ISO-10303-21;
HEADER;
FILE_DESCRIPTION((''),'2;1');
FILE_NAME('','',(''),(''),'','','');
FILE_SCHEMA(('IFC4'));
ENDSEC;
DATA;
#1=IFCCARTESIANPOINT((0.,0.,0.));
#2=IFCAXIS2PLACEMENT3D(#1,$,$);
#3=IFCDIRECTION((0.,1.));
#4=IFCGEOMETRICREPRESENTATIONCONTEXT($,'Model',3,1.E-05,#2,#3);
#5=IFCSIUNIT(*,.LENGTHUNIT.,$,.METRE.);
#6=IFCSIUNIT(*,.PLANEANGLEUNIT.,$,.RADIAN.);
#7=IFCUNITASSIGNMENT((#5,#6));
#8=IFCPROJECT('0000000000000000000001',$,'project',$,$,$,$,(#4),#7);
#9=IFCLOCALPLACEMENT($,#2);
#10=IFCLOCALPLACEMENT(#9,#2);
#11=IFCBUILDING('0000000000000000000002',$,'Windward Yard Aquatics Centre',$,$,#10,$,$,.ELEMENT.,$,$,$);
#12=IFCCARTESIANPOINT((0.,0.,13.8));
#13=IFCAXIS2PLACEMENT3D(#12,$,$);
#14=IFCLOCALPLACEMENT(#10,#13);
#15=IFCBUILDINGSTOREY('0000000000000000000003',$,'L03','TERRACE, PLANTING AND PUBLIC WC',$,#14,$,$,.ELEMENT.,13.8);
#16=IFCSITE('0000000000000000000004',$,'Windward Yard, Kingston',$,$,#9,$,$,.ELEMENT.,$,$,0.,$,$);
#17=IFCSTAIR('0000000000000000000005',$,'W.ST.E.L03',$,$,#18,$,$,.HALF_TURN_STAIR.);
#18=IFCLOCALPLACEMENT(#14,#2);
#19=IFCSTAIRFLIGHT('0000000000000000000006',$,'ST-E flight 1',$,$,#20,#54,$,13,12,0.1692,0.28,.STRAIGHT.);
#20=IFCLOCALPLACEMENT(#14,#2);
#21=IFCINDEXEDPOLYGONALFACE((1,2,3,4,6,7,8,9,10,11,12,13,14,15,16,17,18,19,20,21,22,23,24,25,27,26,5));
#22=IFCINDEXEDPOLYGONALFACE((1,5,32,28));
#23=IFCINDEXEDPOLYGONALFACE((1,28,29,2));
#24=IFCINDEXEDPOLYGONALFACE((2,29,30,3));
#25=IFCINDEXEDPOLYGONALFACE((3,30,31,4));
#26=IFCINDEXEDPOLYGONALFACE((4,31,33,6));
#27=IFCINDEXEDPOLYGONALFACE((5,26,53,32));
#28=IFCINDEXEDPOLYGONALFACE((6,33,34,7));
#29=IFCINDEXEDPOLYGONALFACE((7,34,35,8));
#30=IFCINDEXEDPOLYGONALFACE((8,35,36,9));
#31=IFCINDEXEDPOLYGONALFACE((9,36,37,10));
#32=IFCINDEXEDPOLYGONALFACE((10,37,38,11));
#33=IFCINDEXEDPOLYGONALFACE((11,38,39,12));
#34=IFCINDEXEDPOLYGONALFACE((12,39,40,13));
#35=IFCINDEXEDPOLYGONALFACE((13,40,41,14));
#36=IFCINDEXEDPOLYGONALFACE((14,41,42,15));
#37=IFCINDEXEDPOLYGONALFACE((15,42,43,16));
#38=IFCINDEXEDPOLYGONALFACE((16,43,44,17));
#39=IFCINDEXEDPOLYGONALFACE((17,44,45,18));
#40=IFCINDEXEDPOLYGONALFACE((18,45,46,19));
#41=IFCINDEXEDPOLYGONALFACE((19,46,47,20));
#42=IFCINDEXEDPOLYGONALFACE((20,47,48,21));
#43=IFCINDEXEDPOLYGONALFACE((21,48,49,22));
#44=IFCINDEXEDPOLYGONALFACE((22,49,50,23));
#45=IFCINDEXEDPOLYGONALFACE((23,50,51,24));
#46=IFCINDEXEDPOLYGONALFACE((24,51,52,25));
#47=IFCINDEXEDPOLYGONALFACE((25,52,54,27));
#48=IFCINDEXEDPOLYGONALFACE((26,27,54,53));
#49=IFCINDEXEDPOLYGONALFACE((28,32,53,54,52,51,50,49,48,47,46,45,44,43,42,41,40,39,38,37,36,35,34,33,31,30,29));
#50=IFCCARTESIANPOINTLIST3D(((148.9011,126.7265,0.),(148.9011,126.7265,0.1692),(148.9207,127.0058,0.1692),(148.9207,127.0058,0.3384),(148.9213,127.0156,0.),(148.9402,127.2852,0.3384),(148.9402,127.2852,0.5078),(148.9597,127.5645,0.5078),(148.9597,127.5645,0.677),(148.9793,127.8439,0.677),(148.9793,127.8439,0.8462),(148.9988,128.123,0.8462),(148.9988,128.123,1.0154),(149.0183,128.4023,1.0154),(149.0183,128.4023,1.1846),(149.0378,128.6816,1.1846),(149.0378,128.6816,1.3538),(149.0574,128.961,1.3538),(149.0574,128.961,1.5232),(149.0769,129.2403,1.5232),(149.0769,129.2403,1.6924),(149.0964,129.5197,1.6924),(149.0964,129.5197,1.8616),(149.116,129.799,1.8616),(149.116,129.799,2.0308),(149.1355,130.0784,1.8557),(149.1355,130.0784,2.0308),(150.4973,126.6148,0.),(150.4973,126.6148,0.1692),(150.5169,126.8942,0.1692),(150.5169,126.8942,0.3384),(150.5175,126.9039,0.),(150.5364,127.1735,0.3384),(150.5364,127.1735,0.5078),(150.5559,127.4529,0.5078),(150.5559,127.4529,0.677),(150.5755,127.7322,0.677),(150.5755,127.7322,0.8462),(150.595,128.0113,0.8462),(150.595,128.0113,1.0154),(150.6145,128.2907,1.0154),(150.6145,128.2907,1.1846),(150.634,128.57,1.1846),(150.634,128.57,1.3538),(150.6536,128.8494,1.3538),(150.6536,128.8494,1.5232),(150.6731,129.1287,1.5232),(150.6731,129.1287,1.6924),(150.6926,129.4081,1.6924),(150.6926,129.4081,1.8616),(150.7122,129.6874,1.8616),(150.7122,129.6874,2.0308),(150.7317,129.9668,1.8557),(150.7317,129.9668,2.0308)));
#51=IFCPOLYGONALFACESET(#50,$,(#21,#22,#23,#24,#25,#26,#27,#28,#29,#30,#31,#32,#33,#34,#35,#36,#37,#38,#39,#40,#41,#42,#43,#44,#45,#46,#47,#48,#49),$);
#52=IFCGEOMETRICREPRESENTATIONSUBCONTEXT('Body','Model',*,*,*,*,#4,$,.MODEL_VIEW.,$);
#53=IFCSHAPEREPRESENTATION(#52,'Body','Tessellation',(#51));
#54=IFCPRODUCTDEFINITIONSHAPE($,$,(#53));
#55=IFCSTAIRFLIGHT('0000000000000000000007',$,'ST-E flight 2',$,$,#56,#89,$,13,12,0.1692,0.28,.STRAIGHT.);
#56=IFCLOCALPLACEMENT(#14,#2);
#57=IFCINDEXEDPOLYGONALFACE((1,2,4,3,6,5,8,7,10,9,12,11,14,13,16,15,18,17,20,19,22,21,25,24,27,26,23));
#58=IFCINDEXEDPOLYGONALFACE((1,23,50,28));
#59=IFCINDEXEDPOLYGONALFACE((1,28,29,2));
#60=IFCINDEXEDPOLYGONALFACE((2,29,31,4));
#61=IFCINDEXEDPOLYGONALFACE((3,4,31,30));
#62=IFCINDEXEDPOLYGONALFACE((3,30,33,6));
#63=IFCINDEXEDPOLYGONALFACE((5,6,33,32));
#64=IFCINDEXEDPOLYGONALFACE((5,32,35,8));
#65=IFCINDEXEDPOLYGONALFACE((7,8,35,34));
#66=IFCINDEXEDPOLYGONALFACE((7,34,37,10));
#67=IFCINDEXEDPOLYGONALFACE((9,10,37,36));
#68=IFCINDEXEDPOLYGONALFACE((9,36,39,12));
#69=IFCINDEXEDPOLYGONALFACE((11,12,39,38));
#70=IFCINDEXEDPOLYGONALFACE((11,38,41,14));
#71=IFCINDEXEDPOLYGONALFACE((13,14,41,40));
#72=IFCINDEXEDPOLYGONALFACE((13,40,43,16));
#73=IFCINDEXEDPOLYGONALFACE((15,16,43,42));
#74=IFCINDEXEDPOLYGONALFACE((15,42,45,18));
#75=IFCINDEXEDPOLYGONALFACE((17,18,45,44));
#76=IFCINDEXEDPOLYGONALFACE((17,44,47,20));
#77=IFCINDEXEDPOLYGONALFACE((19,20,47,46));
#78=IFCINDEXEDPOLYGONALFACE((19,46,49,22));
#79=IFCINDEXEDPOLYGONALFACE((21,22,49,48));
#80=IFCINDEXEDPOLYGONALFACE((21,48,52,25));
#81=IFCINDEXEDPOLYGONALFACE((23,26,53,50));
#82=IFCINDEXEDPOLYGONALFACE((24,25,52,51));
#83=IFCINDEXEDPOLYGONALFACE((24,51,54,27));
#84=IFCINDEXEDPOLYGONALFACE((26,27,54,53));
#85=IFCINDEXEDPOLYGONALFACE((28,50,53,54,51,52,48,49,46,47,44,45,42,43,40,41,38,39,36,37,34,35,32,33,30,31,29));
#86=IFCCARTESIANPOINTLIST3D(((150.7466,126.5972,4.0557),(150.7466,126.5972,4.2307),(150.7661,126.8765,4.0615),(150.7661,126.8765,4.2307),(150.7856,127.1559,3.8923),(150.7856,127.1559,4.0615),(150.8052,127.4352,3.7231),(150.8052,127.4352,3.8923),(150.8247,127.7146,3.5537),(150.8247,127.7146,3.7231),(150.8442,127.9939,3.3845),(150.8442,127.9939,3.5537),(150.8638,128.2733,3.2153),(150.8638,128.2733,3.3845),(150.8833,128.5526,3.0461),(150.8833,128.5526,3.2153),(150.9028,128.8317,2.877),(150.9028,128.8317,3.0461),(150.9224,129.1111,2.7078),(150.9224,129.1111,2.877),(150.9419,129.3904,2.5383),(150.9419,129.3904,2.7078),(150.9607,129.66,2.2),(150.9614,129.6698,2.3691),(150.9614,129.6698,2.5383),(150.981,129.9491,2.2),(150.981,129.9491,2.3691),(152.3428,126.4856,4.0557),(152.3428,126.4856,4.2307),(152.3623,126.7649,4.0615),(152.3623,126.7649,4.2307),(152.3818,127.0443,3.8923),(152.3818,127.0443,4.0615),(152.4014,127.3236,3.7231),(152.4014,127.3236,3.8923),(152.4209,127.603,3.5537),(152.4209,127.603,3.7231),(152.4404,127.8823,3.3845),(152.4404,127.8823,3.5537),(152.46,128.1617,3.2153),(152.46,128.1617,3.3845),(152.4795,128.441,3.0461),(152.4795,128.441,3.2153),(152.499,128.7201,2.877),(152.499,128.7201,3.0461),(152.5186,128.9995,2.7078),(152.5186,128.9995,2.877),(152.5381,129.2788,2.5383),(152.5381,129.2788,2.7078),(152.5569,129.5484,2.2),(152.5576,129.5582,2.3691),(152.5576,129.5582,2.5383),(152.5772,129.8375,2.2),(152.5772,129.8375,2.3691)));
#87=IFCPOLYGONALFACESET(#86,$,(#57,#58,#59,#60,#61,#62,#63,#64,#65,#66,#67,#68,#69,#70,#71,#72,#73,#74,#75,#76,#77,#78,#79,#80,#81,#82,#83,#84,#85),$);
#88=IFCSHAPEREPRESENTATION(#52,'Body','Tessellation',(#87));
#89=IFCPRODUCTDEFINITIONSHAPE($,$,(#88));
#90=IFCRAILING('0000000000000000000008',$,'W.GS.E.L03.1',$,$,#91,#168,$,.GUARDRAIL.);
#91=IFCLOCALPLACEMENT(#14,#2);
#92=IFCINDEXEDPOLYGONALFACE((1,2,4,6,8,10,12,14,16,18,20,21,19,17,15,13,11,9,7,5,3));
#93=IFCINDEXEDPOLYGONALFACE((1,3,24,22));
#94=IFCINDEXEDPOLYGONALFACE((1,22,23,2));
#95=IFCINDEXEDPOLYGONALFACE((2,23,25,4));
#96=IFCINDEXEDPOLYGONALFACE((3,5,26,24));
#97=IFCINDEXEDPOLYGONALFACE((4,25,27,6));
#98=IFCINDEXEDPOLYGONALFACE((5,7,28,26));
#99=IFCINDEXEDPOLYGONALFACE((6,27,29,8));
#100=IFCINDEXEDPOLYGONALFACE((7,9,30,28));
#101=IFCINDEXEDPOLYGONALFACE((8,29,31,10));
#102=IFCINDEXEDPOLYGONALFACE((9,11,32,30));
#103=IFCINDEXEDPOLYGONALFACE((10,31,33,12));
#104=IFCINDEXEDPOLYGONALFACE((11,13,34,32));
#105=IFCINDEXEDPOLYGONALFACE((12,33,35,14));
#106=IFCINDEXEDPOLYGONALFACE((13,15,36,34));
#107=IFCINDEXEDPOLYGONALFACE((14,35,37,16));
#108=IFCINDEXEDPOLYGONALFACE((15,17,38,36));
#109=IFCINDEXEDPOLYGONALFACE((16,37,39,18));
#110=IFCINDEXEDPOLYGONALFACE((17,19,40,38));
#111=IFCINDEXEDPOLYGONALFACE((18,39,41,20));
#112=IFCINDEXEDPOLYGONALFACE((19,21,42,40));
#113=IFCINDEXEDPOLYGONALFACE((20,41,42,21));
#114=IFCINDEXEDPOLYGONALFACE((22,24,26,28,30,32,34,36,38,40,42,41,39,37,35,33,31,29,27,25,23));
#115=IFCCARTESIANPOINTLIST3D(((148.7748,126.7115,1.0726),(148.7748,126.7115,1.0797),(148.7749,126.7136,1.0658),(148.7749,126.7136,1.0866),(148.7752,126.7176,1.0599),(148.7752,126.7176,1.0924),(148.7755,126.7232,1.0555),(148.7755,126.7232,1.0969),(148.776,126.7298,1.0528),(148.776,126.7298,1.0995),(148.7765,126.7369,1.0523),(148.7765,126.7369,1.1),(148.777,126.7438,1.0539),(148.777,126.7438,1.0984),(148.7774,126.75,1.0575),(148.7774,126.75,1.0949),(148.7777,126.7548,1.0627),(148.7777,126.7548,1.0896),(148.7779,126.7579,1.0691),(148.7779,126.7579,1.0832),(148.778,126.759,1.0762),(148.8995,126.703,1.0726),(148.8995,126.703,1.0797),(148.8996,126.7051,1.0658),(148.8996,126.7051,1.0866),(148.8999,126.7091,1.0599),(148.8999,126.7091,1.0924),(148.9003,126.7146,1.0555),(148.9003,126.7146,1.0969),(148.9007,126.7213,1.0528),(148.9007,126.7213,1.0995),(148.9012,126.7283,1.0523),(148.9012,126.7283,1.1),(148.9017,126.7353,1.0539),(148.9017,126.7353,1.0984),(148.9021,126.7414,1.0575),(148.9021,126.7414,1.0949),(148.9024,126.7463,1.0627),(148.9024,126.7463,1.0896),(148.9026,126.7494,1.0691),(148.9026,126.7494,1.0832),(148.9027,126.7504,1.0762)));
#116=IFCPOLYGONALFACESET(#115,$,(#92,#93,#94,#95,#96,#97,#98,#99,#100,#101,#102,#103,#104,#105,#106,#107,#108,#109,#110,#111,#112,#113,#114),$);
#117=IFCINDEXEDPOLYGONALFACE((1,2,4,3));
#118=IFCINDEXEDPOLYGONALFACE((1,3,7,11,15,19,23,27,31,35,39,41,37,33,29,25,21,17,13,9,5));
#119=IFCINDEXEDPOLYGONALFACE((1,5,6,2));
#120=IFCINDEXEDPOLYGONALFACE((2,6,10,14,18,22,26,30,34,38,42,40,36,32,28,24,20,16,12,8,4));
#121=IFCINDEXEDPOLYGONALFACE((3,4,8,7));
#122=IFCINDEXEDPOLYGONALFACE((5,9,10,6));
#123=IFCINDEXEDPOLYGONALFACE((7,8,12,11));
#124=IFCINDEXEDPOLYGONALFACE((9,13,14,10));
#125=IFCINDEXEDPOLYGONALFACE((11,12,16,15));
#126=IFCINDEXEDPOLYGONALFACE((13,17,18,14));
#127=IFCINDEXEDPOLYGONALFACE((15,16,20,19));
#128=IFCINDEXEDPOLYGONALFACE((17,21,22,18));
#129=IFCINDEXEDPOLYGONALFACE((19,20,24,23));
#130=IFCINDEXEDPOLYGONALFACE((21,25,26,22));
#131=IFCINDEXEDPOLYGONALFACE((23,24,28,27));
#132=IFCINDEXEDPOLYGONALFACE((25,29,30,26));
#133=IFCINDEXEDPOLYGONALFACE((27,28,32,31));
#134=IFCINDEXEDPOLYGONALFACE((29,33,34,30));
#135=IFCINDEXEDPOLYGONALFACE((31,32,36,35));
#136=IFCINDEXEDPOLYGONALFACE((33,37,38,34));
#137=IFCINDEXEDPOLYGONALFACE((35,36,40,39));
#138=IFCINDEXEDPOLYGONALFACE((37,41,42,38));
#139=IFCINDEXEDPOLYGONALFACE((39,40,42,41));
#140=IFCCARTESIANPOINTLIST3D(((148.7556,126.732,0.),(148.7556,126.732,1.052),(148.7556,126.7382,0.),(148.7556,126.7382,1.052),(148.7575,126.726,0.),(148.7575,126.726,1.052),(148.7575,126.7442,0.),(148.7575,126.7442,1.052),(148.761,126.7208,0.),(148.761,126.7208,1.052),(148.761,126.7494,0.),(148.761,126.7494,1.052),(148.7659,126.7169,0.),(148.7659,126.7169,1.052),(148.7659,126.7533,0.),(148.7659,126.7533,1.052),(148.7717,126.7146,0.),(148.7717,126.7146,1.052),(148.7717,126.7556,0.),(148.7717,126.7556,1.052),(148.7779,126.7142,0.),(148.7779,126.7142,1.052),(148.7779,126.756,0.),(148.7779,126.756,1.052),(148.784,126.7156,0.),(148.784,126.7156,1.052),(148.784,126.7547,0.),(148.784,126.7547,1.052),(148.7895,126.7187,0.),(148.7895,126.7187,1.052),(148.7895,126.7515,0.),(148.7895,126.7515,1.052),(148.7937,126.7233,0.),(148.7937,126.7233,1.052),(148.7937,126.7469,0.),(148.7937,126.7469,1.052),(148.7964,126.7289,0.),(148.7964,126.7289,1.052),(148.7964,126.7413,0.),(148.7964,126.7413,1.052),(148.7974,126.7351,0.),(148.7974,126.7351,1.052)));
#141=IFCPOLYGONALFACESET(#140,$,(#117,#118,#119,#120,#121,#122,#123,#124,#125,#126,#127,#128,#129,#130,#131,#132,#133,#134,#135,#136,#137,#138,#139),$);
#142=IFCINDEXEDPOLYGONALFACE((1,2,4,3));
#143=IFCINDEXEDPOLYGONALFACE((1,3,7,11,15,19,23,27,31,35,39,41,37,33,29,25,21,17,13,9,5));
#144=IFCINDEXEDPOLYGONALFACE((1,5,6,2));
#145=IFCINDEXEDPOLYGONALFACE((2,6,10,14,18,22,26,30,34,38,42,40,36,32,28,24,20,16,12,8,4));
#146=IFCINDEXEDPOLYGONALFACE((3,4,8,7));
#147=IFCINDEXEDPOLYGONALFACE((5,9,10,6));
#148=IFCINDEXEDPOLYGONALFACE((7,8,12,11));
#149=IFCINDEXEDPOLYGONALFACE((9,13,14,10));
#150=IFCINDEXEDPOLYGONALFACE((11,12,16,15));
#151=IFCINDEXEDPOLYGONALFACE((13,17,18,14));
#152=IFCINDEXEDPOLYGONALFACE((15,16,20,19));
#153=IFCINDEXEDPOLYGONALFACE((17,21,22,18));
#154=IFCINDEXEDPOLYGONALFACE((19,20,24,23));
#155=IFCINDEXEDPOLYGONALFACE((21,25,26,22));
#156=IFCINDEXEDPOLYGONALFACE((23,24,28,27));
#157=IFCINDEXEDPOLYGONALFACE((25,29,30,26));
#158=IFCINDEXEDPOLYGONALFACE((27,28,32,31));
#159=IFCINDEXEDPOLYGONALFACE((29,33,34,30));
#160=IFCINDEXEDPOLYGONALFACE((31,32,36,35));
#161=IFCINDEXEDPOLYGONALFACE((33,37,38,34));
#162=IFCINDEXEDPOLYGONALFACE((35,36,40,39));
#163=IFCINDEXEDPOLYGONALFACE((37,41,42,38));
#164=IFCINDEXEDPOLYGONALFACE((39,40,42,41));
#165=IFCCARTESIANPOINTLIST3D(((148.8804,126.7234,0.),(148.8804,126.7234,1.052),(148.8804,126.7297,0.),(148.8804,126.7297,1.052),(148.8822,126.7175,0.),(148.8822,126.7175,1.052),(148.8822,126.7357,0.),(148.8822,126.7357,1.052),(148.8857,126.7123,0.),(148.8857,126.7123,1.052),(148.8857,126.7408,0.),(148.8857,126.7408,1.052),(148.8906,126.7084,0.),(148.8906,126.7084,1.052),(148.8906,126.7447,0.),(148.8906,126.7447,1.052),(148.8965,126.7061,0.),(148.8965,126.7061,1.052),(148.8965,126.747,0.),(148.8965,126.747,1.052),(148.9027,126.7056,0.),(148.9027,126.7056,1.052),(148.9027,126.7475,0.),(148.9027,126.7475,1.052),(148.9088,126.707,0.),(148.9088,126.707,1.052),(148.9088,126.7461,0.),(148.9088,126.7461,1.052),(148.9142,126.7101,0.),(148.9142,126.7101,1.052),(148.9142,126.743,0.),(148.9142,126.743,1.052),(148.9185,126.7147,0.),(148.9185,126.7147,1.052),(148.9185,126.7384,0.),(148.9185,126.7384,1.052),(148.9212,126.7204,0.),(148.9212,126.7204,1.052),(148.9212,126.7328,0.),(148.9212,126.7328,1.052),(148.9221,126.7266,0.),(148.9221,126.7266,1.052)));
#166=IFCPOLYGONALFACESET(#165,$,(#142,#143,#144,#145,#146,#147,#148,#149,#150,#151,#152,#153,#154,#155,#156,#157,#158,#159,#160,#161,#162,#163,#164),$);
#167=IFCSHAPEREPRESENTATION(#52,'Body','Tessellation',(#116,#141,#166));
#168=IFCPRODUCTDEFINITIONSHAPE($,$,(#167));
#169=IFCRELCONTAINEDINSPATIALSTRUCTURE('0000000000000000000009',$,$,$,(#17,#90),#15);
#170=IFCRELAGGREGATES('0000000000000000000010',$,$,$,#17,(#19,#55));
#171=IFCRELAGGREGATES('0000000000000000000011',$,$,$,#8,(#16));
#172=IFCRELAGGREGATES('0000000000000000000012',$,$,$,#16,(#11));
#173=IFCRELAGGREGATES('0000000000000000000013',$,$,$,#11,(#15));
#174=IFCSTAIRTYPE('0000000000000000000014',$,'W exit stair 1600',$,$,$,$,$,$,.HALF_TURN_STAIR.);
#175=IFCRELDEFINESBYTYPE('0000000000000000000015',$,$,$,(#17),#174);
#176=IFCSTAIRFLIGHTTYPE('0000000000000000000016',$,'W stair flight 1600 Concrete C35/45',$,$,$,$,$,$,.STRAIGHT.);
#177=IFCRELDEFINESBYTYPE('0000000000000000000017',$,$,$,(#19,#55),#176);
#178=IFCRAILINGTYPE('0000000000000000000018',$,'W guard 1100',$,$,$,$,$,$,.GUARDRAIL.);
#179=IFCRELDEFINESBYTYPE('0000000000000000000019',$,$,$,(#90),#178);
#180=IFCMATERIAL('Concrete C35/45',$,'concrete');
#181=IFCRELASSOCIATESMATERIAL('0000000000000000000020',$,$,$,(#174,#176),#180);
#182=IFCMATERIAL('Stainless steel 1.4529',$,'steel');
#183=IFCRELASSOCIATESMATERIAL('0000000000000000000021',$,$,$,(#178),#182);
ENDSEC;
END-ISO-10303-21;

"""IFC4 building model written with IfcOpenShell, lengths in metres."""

from ifc_helpers import new_model, si_unit, direction, frame, origin, origin_2d, place, context, subcontext, project, spatial, polyline, circle, outline, extrude, material, type_object, element, aggregate, save


model = new_model("IFC4")

# Units and contexts
model_context = context("Model", 3, precision=1e-05, world=origin(), true_north=direction((0.0, 1.0)))
body_context = subcontext(model_context, "Body", "Model", "MODEL_VIEW")
ifc_project = project(units=[si_unit("LENGTHUNIT", "METRE"), si_unit("PLANEANGLEUNIT", "RADIAN")], contexts=[model_context])

# Site, building, storey
site_placement = place(None, origin())
site = spatial("IfcSite", under=ifc_project, at=site_placement, Name="Windward Yard, Kingston", CompositionType="ELEMENT", RefElevation=0.0)
building_placement = place(site_placement, origin())
building = spatial("IfcBuilding", under=site, at=building_placement, Name="Windward Yard Aquatics Centre", CompositionType="ELEMENT")
storey_placement = place(building_placement, frame((0.0, 0.0, 13.8)))
storey = spatial("IfcBuildingStorey", under=building, at=storey_placement, Name="L03", Description="TERRACE, PLANTING AND PUBLIC WC", CompositionType="ELEMENT", Elevation=13.8)

# Stair, stair flights
ifc_material_1 = material(Name="Concrete C35/45", Category="concrete")
stair_type = type_object("IfcStairType", Name="W exit stair 1600", PredefinedType="HALF_TURN_STAIR", material=ifc_material_1)
stair_placement = place(storey_placement, origin())
stair = element("IfcStair", 1, at=stair_placement, inside=storey, type_object=stair_type, Name="W.ST.E.L03", PredefinedType="HALF_TURN_STAIR")
stair_flight_type = type_object("IfcStairFlightType", Name="W stair flight 1600 Concrete C35/45", PredefinedType="STRAIGHT", material=ifc_material_1)
stair_flight_1_placement = place(storey_placement, frame((149.6992, 126.6707, 0.0), z_axis=(0.0, 0.0, 1.0), x_axis=(0.069756, 0.997564, 0.0)))
stair_flight_1 = element("IfcStairFlight", 2, at=stair_flight_1_placement, type_object=stair_flight_type, Name="ST-E flight 1", NumberOfRisers=13, NumberOfTreads=12, PredefinedType="STRAIGHT", RiserHeight=0.1692, TreadLength=0.28, context=body_context, shape_type="SweptSolid", body=[
    extrude(outline(polyline([(0.0, 0.0), (0.0, 0.1692), (0.28, 0.1692), (0.28, 0.3384), (0.5601, 0.3384), (0.5601, 0.5078), (0.8401, 0.5078), (0.8401, 0.677), (1.1201, 0.677), (1.1201, 0.8462), (1.3999, 0.8462), (1.3999, 1.0154), (1.6799, 1.0154), (1.6799, 1.1846), (1.96, 1.1846), (1.96, 1.3538), (2.24, 1.3538), (2.24, 1.5232), (2.52, 1.5232), (2.52, 1.6924), (2.8, 1.6924), (2.8, 1.8616), (3.0801, 1.8616), (3.0801, 2.0308), (3.3601, 2.0308), (3.3601, 2.2), (3.3601, 1.8557), (0.2898, 0.0), (0.0, 0.0)])), frame((0.0, 0.8, 0.0), z_axis=(0.0, -1.0, 0.0), x_axis=(1.0, 0.0, 0.0)), (0.0, 0.0, 1.0), 1.6001),
])
stair_flight_2_placement = place(storey_placement, frame((151.7791, 129.8933, 2.2), z_axis=(0.0, 0.0, 1.0), x_axis=(-0.069756, -0.997564, 0.0)))
stair_flight_2 = element("IfcStairFlight", 3, at=stair_flight_2_placement, type_object=stair_flight_type, Name="ST-E flight 2", NumberOfRisers=13, NumberOfTreads=12, PredefinedType="STRAIGHT", RiserHeight=0.1692, TreadLength=0.28, context=body_context, shape_type="SweptSolid", body=[
    extrude(outline(polyline([(0.0, 0.0), (0.0, 0.1692), (0.28, 0.1692), (0.28, 0.3384), (0.5601, 0.3384), (0.5601, 0.5078), (0.8401, 0.5078), (0.8401, 0.677), (1.1201, 0.677), (1.1201, 0.8462), (1.3999, 0.8462), (1.3999, 1.0154), (1.6799, 1.0154), (1.6799, 1.1846), (1.96, 1.1846), (1.96, 1.3538), (2.24, 1.3538), (2.24, 1.5232), (2.52, 1.5232), (2.52, 1.6924), (2.8, 1.6924), (2.8, 1.8616), (3.0801, 1.8616), (3.0801, 2.0308), (3.3601, 2.0308), (3.3601, 2.2), (3.3601, 1.8557), (0.2898, 0.0), (0.0, 0.0)])), frame((0.0, 0.8, 0.0), z_axis=(0.0, -1.0, 0.0), x_axis=(1.0, 0.0, 0.0)), (0.0, 0.0, 1.0), 1.6001),
])
aggregate(stair, [stair_flight_1, stair_flight_2])

# Railing
ifc_material_2 = material(Name="Stainless steel 1.4529", Category="steel")
railing_type_1 = type_object("IfcRailingType", Name="W guard 1100", PredefinedType="GUARDRAIL", material=ifc_material_2)
railing_1_placement = place(storey_placement, frame((148.7764, 126.7351, 0.0)))
element("IfcRailing", 4, at=railing_1_placement, inside=storey, type_object=railing_type_1, Name="W.GS.E.L03.1", PredefinedType="GUARDRAIL", context=body_context, shape_type="SweptSolid", body=[
    extrude(circle(Radius=0.0239, at=origin_2d()), frame((0.0, 0.0, 1.0762), z_axis=(0.997663, -0.068333, 0.0), x_axis=(0.068333, 0.997663, 0.0)), (0.0, 0.0, 1.0), 0.125),
    extrude(circle(Radius=0.021, at=origin_2d()), origin(), (0.0, 0.0, 1.0), 1.052),
    extrude(circle(Radius=0.021, at=origin_2d()), frame((0.1248, -0.0085, 0.0)), (0.0, 0.0, 1.0), 1.052),
])

save(model, "model.ifc")
